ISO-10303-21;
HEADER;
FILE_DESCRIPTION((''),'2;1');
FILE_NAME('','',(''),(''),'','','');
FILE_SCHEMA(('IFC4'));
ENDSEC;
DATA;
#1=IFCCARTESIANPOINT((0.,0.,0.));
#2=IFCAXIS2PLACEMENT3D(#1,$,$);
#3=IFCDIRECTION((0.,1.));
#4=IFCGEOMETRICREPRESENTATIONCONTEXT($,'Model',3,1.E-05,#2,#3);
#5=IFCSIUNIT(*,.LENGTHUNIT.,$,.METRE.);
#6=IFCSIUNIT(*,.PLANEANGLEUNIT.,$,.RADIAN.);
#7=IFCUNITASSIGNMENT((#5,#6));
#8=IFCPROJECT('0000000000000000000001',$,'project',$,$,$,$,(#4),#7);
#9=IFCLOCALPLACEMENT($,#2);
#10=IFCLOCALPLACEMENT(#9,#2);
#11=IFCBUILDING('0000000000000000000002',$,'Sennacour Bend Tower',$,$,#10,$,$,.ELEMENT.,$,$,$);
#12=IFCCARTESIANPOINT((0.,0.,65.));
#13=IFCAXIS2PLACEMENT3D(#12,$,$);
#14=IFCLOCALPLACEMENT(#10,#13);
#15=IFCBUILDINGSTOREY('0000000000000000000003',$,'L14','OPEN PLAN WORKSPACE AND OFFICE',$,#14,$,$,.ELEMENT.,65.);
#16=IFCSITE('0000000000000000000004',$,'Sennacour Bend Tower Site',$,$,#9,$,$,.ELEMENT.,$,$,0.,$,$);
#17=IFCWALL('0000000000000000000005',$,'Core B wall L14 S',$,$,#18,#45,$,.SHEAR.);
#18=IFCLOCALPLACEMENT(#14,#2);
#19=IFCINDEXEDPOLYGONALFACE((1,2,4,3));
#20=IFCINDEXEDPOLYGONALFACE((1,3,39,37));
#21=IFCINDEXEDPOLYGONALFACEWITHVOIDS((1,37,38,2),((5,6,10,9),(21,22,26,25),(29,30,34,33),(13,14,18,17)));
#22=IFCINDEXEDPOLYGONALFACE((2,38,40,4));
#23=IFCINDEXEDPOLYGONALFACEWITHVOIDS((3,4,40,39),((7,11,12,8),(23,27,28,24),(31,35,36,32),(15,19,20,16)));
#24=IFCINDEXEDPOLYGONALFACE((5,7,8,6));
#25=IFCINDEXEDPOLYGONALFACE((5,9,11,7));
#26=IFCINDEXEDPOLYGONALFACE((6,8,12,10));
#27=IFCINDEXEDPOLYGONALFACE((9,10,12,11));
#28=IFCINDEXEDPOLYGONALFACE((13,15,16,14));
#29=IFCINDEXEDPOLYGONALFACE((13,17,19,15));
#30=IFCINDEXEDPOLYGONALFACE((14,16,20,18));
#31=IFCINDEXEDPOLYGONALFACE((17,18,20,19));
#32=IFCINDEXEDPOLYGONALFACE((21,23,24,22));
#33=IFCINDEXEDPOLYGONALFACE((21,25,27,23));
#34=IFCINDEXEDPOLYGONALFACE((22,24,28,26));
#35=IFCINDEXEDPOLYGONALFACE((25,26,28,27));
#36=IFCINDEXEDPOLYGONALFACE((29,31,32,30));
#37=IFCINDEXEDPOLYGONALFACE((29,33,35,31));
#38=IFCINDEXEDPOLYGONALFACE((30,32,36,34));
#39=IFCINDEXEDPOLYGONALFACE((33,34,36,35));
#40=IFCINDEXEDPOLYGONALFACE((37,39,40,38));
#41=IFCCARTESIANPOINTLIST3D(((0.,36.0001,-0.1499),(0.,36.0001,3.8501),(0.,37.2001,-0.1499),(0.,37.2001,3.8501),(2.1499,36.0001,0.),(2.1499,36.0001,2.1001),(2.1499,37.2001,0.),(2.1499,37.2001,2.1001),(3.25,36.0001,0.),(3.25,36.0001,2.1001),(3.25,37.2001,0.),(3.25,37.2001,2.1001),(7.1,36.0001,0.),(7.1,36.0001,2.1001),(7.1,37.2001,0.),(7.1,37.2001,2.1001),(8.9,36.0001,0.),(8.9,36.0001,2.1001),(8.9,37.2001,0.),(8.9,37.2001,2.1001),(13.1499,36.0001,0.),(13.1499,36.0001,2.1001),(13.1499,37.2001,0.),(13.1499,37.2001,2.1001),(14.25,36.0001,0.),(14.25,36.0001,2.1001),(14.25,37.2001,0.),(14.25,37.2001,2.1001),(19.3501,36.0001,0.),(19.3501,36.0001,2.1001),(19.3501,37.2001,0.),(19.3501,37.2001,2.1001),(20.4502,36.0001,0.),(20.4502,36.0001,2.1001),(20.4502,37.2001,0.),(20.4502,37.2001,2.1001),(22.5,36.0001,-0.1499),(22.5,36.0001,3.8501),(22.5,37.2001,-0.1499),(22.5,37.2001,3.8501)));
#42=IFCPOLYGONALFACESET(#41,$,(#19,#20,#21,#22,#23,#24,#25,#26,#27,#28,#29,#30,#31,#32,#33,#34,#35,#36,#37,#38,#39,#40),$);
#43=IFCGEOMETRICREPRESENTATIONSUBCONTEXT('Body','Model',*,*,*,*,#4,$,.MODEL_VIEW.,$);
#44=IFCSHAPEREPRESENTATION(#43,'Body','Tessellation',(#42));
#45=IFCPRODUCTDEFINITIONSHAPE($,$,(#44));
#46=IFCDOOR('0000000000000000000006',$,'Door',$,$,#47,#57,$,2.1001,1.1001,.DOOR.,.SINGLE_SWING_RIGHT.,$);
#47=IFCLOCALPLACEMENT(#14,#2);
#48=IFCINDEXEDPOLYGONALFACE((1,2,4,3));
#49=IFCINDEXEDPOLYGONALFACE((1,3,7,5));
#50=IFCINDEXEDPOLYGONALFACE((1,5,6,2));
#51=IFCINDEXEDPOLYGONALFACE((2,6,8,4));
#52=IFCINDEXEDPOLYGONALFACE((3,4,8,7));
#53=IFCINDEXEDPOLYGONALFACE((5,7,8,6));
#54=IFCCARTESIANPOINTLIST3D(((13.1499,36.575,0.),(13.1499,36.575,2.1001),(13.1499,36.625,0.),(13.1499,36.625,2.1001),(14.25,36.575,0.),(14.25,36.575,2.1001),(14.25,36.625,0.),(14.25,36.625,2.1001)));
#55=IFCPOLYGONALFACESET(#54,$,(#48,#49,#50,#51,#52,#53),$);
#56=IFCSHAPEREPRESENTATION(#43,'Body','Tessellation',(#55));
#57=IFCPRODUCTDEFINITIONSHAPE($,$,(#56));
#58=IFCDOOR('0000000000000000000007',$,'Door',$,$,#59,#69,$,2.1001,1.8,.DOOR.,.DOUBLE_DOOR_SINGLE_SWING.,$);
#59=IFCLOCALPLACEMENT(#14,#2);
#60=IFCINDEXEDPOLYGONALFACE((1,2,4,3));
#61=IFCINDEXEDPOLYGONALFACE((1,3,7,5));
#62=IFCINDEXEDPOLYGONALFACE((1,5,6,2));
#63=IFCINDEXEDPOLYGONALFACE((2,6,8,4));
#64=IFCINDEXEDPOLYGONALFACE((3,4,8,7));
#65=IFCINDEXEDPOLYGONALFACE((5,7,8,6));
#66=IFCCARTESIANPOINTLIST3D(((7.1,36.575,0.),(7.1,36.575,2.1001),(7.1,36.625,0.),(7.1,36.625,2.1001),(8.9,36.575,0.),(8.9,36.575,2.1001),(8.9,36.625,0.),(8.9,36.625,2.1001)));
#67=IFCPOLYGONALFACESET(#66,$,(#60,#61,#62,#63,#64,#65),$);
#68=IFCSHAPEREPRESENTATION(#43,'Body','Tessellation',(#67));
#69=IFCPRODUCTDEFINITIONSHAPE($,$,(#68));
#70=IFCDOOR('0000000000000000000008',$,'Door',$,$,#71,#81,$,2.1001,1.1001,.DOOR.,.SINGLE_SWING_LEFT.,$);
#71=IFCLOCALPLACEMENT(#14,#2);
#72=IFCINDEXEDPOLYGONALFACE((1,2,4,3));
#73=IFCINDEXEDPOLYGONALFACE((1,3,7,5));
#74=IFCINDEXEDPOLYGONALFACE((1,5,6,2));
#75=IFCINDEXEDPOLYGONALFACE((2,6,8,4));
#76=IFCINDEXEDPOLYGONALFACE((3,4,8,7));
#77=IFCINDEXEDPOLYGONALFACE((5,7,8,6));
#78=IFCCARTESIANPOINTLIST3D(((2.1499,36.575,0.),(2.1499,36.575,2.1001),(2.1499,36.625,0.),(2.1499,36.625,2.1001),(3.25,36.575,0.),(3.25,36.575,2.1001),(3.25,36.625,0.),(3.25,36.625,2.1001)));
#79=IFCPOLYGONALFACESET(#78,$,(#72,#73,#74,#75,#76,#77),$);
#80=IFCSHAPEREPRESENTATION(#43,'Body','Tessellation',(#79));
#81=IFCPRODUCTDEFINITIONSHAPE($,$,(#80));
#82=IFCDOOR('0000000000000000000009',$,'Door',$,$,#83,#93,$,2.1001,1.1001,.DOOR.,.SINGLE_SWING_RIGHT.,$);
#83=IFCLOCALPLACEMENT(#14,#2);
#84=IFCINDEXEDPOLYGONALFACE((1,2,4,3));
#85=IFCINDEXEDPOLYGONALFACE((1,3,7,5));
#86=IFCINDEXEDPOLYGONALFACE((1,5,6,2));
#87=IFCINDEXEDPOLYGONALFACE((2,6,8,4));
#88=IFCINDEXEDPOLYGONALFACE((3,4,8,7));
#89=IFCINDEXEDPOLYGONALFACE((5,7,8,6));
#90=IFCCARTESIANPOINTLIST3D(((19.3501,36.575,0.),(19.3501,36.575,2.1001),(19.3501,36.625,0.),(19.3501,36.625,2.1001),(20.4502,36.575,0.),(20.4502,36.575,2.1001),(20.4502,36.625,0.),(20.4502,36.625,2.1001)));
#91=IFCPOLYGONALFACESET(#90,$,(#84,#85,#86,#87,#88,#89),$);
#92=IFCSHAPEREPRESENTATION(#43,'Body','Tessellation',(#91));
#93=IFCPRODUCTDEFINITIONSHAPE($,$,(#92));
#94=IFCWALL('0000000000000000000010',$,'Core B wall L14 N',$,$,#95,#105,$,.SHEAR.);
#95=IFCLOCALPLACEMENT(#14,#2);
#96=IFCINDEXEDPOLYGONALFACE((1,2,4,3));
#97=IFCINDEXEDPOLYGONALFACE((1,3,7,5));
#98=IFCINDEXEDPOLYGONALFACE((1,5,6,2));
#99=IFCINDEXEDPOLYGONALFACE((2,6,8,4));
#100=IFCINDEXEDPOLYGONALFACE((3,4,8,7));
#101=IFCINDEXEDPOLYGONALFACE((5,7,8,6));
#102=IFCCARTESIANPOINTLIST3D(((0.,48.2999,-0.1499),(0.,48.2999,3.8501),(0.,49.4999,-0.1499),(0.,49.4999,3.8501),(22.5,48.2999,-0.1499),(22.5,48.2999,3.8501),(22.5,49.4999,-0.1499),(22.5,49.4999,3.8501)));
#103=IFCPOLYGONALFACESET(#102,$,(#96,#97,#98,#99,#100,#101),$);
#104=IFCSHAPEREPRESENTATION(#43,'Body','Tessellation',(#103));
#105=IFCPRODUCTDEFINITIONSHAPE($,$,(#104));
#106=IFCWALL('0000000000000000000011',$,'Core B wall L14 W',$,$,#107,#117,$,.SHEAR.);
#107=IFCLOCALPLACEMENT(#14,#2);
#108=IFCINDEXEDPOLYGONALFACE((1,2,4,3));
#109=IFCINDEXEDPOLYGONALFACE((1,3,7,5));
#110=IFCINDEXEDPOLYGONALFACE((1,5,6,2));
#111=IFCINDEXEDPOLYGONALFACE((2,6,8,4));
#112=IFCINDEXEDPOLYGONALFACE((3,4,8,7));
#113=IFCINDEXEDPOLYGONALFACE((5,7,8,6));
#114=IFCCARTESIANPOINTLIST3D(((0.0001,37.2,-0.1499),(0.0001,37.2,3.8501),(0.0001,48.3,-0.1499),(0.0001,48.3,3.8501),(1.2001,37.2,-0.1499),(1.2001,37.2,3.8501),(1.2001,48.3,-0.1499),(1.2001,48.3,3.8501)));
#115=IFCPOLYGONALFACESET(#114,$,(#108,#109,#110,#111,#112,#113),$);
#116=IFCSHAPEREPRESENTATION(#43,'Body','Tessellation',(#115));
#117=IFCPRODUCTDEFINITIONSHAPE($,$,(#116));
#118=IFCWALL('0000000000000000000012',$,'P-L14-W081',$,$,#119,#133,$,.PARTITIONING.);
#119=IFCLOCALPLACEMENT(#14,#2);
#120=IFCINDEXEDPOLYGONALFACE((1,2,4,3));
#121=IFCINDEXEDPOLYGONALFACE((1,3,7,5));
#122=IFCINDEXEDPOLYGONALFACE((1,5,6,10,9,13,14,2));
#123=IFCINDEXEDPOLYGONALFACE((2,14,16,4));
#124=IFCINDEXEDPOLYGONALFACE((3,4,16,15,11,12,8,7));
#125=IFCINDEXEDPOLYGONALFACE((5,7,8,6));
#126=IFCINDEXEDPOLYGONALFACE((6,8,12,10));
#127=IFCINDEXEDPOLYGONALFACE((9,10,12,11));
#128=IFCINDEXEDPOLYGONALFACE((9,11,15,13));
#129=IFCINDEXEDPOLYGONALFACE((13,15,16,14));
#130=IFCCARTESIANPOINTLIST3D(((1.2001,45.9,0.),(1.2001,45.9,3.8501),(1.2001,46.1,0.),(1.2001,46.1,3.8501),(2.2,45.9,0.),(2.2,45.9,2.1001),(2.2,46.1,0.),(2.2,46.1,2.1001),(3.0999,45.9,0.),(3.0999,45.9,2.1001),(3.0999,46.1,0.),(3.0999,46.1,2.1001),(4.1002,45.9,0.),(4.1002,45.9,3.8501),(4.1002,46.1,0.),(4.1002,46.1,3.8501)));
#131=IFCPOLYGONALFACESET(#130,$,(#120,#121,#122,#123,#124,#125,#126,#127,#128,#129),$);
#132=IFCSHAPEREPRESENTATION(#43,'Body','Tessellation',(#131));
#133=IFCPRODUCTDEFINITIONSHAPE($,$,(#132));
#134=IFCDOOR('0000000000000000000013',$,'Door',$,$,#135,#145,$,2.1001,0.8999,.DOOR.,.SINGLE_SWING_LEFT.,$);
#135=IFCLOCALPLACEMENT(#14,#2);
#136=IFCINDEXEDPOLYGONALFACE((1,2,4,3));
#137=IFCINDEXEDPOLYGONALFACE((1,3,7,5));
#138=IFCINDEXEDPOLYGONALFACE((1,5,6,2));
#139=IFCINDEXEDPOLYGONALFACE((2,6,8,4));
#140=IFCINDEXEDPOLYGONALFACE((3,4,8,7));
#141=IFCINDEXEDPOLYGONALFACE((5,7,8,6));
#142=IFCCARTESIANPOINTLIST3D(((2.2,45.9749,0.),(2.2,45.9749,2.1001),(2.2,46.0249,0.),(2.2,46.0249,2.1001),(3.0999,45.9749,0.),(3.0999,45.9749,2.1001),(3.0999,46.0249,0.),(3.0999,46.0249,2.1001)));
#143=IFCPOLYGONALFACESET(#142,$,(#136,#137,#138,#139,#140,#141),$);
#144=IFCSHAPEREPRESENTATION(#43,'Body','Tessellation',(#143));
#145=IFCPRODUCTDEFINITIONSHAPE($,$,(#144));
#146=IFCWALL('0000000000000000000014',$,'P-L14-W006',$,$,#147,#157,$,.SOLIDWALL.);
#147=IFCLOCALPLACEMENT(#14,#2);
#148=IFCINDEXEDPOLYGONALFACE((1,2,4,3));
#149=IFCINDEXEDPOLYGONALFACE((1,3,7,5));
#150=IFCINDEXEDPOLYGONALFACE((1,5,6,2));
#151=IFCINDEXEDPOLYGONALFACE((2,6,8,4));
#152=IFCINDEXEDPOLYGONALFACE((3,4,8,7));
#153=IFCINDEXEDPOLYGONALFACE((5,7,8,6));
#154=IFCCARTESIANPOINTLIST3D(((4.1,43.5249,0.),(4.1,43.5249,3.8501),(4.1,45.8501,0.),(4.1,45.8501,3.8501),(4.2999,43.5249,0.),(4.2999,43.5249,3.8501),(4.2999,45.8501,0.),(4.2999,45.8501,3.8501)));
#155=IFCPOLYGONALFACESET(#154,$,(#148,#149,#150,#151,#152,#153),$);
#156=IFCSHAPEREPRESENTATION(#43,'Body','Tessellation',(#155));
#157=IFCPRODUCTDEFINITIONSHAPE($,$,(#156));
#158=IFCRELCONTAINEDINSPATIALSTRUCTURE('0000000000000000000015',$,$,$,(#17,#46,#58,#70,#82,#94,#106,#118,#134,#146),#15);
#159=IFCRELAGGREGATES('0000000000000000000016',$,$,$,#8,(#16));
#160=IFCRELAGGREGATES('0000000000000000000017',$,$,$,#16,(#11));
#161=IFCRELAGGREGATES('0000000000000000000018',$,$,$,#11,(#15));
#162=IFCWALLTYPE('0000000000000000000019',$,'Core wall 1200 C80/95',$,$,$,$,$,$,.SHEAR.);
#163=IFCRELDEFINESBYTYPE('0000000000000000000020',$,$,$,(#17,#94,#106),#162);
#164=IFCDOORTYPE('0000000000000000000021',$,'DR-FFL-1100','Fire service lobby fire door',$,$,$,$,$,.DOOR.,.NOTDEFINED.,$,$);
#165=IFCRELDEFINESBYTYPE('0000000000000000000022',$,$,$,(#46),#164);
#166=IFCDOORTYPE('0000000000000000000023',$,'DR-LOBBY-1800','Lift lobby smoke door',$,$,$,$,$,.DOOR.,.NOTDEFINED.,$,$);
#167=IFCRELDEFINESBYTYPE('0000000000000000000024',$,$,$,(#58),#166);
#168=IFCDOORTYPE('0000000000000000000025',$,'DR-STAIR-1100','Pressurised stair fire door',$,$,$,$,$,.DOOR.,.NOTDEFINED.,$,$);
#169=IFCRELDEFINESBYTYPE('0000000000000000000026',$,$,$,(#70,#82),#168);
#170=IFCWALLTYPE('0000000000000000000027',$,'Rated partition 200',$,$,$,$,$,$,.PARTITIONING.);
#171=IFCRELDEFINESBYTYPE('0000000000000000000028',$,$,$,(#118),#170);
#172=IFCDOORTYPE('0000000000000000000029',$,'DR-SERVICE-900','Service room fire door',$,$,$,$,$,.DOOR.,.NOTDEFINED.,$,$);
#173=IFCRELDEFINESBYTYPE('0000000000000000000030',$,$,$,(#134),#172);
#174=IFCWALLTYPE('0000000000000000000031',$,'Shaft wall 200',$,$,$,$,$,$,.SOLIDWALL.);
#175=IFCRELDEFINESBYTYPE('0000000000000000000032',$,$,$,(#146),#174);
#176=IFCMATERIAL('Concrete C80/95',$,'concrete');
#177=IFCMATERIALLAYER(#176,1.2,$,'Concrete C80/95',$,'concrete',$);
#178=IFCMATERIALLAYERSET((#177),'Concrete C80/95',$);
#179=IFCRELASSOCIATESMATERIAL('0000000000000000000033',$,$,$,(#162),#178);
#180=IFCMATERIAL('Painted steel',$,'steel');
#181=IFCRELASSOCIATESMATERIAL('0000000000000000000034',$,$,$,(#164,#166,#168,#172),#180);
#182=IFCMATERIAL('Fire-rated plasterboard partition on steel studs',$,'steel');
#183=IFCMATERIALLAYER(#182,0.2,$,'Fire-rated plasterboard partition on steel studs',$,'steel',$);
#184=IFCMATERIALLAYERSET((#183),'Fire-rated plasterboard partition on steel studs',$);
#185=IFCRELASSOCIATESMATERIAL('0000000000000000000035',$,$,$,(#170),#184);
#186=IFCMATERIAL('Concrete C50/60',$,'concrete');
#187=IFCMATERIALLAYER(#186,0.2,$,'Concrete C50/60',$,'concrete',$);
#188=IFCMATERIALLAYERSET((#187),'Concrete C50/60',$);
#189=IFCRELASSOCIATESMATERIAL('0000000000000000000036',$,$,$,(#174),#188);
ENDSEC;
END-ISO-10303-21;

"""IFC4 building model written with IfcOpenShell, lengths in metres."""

from ifc_helpers import new_model, si_unit, direction, frame, frame_2d, origin, place, context, subcontext, project, spatial, rectangle, extrude, material, layer, layer_set, type_object, element, fill, save


model = new_model("IFC4")

# Units and contexts
model_context = context("Model", 3, precision=1e-05, world=origin(), true_north=direction((0.0, 1.0)))
body_context = subcontext(model_context, "Body", "Model", "MODEL_VIEW")
ifc_project = project(units=[si_unit("LENGTHUNIT", "METRE"), si_unit("PLANEANGLEUNIT", "RADIAN")], contexts=[model_context])

# Site, building, storey
site_placement = place(None, origin())
site = spatial("IfcSite", under=ifc_project, at=site_placement, Name="Sennacour Bend Tower Site", CompositionType="ELEMENT", RefElevation=0.0)
building_placement = place(site_placement, origin())
building = spatial("IfcBuilding", under=site, at=building_placement, Name="Sennacour Bend Tower", CompositionType="ELEMENT")
storey_placement = place(building_placement, frame((0.0, 0.0, 65.0)))
storey = spatial("IfcBuildingStorey", under=building, at=storey_placement, Name="L14", Description="OPEN PLAN WORKSPACE AND OFFICE", CompositionType="ELEMENT", Elevation=65.0)

# Wall, openings, doors
ifc_material_1 = material(Name="Concrete C80/95", Category="concrete")
ifc_layer_1 = layer(ifc_material_1, 1.2, Name="Concrete C80/95", Category="concrete")
ifc_layer_set_1 = layer_set([ifc_layer_1], Name="Concrete C80/95")
wall_type_1 = type_object("IfcWallType", Name="Core wall 1200 C80/95", PredefinedType="SHEAR", material=ifc_layer_set_1)
wall_1_placement = place(storey_placement, frame((0.0, 36.6001, -0.1499), z_axis=(0.0, 0.0, 1.0), x_axis=(1.0, 0.0, 0.0)))
wall_1 = element("IfcWall", 1, at=wall_1_placement, inside=storey, type_object=wall_type_1, Name="Core B wall L14 S", PredefinedType="SHEAR", context=body_context, shape_type="SweptSolid", body=[
    extrude(rectangle(XDim=22.5, YDim=1.2, at=frame_2d((11.25, 0.0))), origin(), (0.0, 0.0, 1.0), 4.0),
])
opening_1_placement = place(wall_1_placement, frame((7.1001, 0.0, 0.1499)))
opening_1 = element("IfcOpeningElement", 2, at=opening_1_placement, cuts=wall_1, PredefinedType="OPENING", context=body_context, shape_type="SweptSolid", body=[
    extrude(rectangle(XDim=1.8, YDim=2.1001, at=frame_2d((0.8999, 1.05))), frame((0.0, 0.6099, 0.0), z_axis=(0.0, -1.0, 0.0), x_axis=(1.0, 0.0, 0.0)), (0.0, 0.0, 1.0), 1.22),
])
opening_2_placement = place(wall_1_placement, frame((13.1499, 0.0, 0.1499)))
opening_2 = element("IfcOpeningElement", 3, at=opening_2_placement, cuts=wall_1, PredefinedType="OPENING", context=body_context, shape_type="SweptSolid", body=[
    extrude(rectangle(XDim=1.1001, YDim=2.1001, at=frame_2d((0.55, 1.05))), frame((0.0, 0.6099, 0.0), z_axis=(0.0, -1.0, 0.0), x_axis=(1.0, 0.0, 0.0)), (0.0, 0.0, 1.0), 1.22),
])
opening_3_placement = place(wall_1_placement, frame((2.1499, 0.0, 0.1499)))
opening_3 = element("IfcOpeningElement", 4, at=opening_3_placement, cuts=wall_1, PredefinedType="OPENING", context=body_context, shape_type="SweptSolid", body=[
    extrude(rectangle(XDim=1.1001, YDim=2.1001, at=frame_2d((0.55, 1.05))), frame((0.0, 0.6099, 0.0), z_axis=(0.0, -1.0, 0.0), x_axis=(1.0, 0.0, 0.0)), (0.0, 0.0, 1.0), 1.22),
])
opening_4_placement = place(wall_1_placement, frame((19.3501, 0.0, 0.1499)))
opening_4 = element("IfcOpeningElement", 5, at=opening_4_placement, cuts=wall_1, PredefinedType="OPENING", context=body_context, shape_type="SweptSolid", body=[
    extrude(rectangle(XDim=1.1001, YDim=2.1001, at=frame_2d((0.55, 1.05))), frame((0.0, 0.6099, 0.0), z_axis=(0.0, -1.0, 0.0), x_axis=(1.0, 0.0, 0.0)), (0.0, 0.0, 1.0), 1.22),
])
ifc_material_2 = material(Name="Painted steel", Category="steel")
door_type_1 = type_object("IfcDoorType", Name="DR-FFL-1100", Description="Fire service lobby fire door", OperationType="NOTDEFINED", PredefinedType="DOOR", material=ifc_material_2)
door_1_placement = place(opening_2_placement, origin())
door_1 = element("IfcDoor", 6, at=door_1_placement, inside=storey, type_object=door_type_1, Name="Door", OperationType="SINGLE_SWING_RIGHT", OverallHeight=2.1001, OverallWidth=1.1001, PredefinedType="DOOR", context=body_context, shape_type="SweptSolid", body=[
    extrude(rectangle(XDim=1.1001, YDim=2.1001, at=frame_2d((0.55, 1.05))), frame((0.0, 0.0249, 0.0), z_axis=(0.0, -1.0, 0.0), x_axis=(1.0, 0.0, 0.0)), (0.0, 0.0, 1.0), 0.05),
])
fill(opening_2, door_1)
door_type_2 = type_object("IfcDoorType", Name="DR-LOBBY-1800", Description="Lift lobby smoke door", OperationType="NOTDEFINED", PredefinedType="DOOR", material=ifc_material_2)
door_2_placement = place(opening_1_placement, origin())
door_2 = element("IfcDoor", 7, at=door_2_placement, inside=storey, type_object=door_type_2, Name="Door", OperationType="DOUBLE_DOOR_SINGLE_SWING", OverallHeight=2.1001, OverallWidth=1.8, PredefinedType="DOOR", context=body_context, shape_type="SweptSolid", body=[
    extrude(rectangle(XDim=1.8, YDim=2.1001, at=frame_2d((0.8999, 1.05))), frame((0.0, 0.0249, 0.0), z_axis=(0.0, -1.0, 0.0), x_axis=(1.0, 0.0, 0.0)), (0.0, 0.0, 1.0), 0.05),
])
fill(opening_1, door_2)
door_type_3 = type_object("IfcDoorType", Name="DR-STAIR-1100", Description="Pressurised stair fire door", OperationType="NOTDEFINED", PredefinedType="DOOR", material=ifc_material_2)
door_3_placement = place(opening_3_placement, origin())
door_3 = element("IfcDoor", 8, at=door_3_placement, inside=storey, type_object=door_type_3, Name="Door", OperationType="SINGLE_SWING_LEFT", OverallHeight=2.1001, OverallWidth=1.1001, PredefinedType="DOOR", context=body_context, shape_type="SweptSolid", body=[
    extrude(rectangle(XDim=1.1001, YDim=2.1001, at=frame_2d((0.55, 1.05))), frame((0.0, 0.0249, 0.0), z_axis=(0.0, -1.0, 0.0), x_axis=(1.0, 0.0, 0.0)), (0.0, 0.0, 1.0), 0.05),
])
fill(opening_3, door_3)
door_4_placement = place(opening_4_placement, origin())
door_4 = element("IfcDoor", 9, at=door_4_placement, inside=storey, type_object=door_type_3, Name="Door", OperationType="SINGLE_SWING_RIGHT", OverallHeight=2.1001, OverallWidth=1.1001, PredefinedType="DOOR", context=body_context, shape_type="SweptSolid", body=[
    extrude(rectangle(XDim=1.1001, YDim=2.1001, at=frame_2d((0.55, 1.05))), frame((0.0, 0.0249, 0.0), z_axis=(0.0, -1.0, 0.0), x_axis=(1.0, 0.0, 0.0)), (0.0, 0.0, 1.0), 0.05),
])
fill(opening_4, door_4)

# Walls
wall_2_placement = place(storey_placement, frame((0.0, 48.8999, -0.1499), z_axis=(0.0, 0.0, 1.0), x_axis=(1.0, 0.0, 0.0)))
element("IfcWall", 10, at=wall_2_placement, inside=storey, type_object=wall_type_1, Name="Core B wall L14 N", PredefinedType="SHEAR", context=body_context, shape_type="SweptSolid", body=[
    extrude(rectangle(XDim=22.5, YDim=1.2, at=frame_2d((11.25, 0.0))), origin(), (0.0, 0.0, 1.0), 4.0),
])
wall_3_placement = place(storey_placement, frame((0.6001, 37.2, -0.1499), z_axis=(0.0, 0.0, 1.0), x_axis=(0.0, 1.0, 0.0)))
element("IfcWall", 11, at=wall_3_placement, inside=storey, type_object=wall_type_1, Name="Core B wall L14 W", PredefinedType="SHEAR", context=body_context, shape_type="SweptSolid", body=[
    extrude(rectangle(XDim=11.1001, YDim=1.2, at=frame_2d((5.55, 0.0))), origin(), (0.0, 0.0, 1.0), 4.0),
])

# Wall, opening, door
ifc_material_3 = material(Name="Fire-rated plasterboard partition on steel studs", Category="steel")
ifc_layer_2 = layer(ifc_material_3, 0.2, Name="Fire-rated plasterboard partition on steel studs", Category="steel")
ifc_layer_set_2 = layer_set([ifc_layer_2], Name="Fire-rated plasterboard partition on steel studs")
wall_type_2 = type_object("IfcWallType", Name="Rated partition 200", PredefinedType="PARTITIONING", material=ifc_layer_set_2)
wall_4_placement = place(storey_placement, frame((1.2, 46.0, 0.0), z_axis=(0.0, 0.0, 1.0), x_axis=(1.0, 0.0, 0.0)))
wall_4 = element("IfcWall", 12, at=wall_4_placement, inside=storey, type_object=wall_type_2, Name="P-L14-W081", PredefinedType="PARTITIONING", context=body_context, shape_type="SweptSolid", body=[
    extrude(rectangle(XDim=2.9001, YDim=0.2, at=frame_2d((1.4502, 0.0))), origin(), (0.0, 0.0, 1.0), 3.8501),
])
opening_5_placement = place(wall_4_placement, frame((1.0, 0.0, 0.0)))
opening_5 = element("IfcOpeningElement", 13, at=opening_5_placement, cuts=wall_4, PredefinedType="OPENING", context=body_context, shape_type="SweptSolid", body=[
    extrude(rectangle(XDim=0.8999, YDim=2.1001, at=frame_2d((0.45, 1.05))), frame((0.0, 0.1099, 0.0), z_axis=(0.0, -1.0, 0.0), x_axis=(1.0, 0.0, 0.0)), (0.0, 0.0, 1.0), 0.22),
])
door_type_4 = type_object("IfcDoorType", Name="DR-SERVICE-900", Description="Service room fire door", OperationType="NOTDEFINED", PredefinedType="DOOR", material=ifc_material_2)
door_5_placement = place(opening_5_placement, origin())
door_5 = element("IfcDoor", 14, at=door_5_placement, inside=storey, type_object=door_type_4, Name="Door", OperationType="SINGLE_SWING_LEFT", OverallHeight=2.1001, OverallWidth=0.8999, PredefinedType="DOOR", context=body_context, shape_type="SweptSolid", body=[
    extrude(rectangle(XDim=0.8999, YDim=2.1001, at=frame_2d((0.45, 1.05))), frame((0.0, 0.0249, 0.0), z_axis=(0.0, -1.0, 0.0), x_axis=(1.0, 0.0, 0.0)), (0.0, 0.0, 1.0), 0.05),
])
fill(opening_5, door_5)

# Wall
ifc_material_4 = material(Name="Concrete C50/60", Category="concrete")
ifc_layer_3 = layer(ifc_material_4, 0.2, Name="Concrete C50/60", Category="concrete")
ifc_layer_set_3 = layer_set([ifc_layer_3], Name="Concrete C50/60")
wall_type_3 = type_object("IfcWallType", Name="Shaft wall 200", PredefinedType="SOLIDWALL", material=ifc_layer_set_3)
wall_5_placement = place(storey_placement, frame((4.2, 43.5249, 0.0), z_axis=(0.0, 0.0, 1.0), x_axis=(0.0, 1.0, 0.0)))
element("IfcWall", 15, at=wall_5_placement, inside=storey, type_object=wall_type_3, Name="P-L14-W006", PredefinedType="SOLIDWALL", context=body_context, shape_type="SweptSolid", body=[
    extrude(rectangle(XDim=2.3252, YDim=0.2, at=frame_2d((1.1626, 0.0))), origin(), (0.0, 0.0, 1.0), 3.8501),
])

save(model, "model.ifc")
